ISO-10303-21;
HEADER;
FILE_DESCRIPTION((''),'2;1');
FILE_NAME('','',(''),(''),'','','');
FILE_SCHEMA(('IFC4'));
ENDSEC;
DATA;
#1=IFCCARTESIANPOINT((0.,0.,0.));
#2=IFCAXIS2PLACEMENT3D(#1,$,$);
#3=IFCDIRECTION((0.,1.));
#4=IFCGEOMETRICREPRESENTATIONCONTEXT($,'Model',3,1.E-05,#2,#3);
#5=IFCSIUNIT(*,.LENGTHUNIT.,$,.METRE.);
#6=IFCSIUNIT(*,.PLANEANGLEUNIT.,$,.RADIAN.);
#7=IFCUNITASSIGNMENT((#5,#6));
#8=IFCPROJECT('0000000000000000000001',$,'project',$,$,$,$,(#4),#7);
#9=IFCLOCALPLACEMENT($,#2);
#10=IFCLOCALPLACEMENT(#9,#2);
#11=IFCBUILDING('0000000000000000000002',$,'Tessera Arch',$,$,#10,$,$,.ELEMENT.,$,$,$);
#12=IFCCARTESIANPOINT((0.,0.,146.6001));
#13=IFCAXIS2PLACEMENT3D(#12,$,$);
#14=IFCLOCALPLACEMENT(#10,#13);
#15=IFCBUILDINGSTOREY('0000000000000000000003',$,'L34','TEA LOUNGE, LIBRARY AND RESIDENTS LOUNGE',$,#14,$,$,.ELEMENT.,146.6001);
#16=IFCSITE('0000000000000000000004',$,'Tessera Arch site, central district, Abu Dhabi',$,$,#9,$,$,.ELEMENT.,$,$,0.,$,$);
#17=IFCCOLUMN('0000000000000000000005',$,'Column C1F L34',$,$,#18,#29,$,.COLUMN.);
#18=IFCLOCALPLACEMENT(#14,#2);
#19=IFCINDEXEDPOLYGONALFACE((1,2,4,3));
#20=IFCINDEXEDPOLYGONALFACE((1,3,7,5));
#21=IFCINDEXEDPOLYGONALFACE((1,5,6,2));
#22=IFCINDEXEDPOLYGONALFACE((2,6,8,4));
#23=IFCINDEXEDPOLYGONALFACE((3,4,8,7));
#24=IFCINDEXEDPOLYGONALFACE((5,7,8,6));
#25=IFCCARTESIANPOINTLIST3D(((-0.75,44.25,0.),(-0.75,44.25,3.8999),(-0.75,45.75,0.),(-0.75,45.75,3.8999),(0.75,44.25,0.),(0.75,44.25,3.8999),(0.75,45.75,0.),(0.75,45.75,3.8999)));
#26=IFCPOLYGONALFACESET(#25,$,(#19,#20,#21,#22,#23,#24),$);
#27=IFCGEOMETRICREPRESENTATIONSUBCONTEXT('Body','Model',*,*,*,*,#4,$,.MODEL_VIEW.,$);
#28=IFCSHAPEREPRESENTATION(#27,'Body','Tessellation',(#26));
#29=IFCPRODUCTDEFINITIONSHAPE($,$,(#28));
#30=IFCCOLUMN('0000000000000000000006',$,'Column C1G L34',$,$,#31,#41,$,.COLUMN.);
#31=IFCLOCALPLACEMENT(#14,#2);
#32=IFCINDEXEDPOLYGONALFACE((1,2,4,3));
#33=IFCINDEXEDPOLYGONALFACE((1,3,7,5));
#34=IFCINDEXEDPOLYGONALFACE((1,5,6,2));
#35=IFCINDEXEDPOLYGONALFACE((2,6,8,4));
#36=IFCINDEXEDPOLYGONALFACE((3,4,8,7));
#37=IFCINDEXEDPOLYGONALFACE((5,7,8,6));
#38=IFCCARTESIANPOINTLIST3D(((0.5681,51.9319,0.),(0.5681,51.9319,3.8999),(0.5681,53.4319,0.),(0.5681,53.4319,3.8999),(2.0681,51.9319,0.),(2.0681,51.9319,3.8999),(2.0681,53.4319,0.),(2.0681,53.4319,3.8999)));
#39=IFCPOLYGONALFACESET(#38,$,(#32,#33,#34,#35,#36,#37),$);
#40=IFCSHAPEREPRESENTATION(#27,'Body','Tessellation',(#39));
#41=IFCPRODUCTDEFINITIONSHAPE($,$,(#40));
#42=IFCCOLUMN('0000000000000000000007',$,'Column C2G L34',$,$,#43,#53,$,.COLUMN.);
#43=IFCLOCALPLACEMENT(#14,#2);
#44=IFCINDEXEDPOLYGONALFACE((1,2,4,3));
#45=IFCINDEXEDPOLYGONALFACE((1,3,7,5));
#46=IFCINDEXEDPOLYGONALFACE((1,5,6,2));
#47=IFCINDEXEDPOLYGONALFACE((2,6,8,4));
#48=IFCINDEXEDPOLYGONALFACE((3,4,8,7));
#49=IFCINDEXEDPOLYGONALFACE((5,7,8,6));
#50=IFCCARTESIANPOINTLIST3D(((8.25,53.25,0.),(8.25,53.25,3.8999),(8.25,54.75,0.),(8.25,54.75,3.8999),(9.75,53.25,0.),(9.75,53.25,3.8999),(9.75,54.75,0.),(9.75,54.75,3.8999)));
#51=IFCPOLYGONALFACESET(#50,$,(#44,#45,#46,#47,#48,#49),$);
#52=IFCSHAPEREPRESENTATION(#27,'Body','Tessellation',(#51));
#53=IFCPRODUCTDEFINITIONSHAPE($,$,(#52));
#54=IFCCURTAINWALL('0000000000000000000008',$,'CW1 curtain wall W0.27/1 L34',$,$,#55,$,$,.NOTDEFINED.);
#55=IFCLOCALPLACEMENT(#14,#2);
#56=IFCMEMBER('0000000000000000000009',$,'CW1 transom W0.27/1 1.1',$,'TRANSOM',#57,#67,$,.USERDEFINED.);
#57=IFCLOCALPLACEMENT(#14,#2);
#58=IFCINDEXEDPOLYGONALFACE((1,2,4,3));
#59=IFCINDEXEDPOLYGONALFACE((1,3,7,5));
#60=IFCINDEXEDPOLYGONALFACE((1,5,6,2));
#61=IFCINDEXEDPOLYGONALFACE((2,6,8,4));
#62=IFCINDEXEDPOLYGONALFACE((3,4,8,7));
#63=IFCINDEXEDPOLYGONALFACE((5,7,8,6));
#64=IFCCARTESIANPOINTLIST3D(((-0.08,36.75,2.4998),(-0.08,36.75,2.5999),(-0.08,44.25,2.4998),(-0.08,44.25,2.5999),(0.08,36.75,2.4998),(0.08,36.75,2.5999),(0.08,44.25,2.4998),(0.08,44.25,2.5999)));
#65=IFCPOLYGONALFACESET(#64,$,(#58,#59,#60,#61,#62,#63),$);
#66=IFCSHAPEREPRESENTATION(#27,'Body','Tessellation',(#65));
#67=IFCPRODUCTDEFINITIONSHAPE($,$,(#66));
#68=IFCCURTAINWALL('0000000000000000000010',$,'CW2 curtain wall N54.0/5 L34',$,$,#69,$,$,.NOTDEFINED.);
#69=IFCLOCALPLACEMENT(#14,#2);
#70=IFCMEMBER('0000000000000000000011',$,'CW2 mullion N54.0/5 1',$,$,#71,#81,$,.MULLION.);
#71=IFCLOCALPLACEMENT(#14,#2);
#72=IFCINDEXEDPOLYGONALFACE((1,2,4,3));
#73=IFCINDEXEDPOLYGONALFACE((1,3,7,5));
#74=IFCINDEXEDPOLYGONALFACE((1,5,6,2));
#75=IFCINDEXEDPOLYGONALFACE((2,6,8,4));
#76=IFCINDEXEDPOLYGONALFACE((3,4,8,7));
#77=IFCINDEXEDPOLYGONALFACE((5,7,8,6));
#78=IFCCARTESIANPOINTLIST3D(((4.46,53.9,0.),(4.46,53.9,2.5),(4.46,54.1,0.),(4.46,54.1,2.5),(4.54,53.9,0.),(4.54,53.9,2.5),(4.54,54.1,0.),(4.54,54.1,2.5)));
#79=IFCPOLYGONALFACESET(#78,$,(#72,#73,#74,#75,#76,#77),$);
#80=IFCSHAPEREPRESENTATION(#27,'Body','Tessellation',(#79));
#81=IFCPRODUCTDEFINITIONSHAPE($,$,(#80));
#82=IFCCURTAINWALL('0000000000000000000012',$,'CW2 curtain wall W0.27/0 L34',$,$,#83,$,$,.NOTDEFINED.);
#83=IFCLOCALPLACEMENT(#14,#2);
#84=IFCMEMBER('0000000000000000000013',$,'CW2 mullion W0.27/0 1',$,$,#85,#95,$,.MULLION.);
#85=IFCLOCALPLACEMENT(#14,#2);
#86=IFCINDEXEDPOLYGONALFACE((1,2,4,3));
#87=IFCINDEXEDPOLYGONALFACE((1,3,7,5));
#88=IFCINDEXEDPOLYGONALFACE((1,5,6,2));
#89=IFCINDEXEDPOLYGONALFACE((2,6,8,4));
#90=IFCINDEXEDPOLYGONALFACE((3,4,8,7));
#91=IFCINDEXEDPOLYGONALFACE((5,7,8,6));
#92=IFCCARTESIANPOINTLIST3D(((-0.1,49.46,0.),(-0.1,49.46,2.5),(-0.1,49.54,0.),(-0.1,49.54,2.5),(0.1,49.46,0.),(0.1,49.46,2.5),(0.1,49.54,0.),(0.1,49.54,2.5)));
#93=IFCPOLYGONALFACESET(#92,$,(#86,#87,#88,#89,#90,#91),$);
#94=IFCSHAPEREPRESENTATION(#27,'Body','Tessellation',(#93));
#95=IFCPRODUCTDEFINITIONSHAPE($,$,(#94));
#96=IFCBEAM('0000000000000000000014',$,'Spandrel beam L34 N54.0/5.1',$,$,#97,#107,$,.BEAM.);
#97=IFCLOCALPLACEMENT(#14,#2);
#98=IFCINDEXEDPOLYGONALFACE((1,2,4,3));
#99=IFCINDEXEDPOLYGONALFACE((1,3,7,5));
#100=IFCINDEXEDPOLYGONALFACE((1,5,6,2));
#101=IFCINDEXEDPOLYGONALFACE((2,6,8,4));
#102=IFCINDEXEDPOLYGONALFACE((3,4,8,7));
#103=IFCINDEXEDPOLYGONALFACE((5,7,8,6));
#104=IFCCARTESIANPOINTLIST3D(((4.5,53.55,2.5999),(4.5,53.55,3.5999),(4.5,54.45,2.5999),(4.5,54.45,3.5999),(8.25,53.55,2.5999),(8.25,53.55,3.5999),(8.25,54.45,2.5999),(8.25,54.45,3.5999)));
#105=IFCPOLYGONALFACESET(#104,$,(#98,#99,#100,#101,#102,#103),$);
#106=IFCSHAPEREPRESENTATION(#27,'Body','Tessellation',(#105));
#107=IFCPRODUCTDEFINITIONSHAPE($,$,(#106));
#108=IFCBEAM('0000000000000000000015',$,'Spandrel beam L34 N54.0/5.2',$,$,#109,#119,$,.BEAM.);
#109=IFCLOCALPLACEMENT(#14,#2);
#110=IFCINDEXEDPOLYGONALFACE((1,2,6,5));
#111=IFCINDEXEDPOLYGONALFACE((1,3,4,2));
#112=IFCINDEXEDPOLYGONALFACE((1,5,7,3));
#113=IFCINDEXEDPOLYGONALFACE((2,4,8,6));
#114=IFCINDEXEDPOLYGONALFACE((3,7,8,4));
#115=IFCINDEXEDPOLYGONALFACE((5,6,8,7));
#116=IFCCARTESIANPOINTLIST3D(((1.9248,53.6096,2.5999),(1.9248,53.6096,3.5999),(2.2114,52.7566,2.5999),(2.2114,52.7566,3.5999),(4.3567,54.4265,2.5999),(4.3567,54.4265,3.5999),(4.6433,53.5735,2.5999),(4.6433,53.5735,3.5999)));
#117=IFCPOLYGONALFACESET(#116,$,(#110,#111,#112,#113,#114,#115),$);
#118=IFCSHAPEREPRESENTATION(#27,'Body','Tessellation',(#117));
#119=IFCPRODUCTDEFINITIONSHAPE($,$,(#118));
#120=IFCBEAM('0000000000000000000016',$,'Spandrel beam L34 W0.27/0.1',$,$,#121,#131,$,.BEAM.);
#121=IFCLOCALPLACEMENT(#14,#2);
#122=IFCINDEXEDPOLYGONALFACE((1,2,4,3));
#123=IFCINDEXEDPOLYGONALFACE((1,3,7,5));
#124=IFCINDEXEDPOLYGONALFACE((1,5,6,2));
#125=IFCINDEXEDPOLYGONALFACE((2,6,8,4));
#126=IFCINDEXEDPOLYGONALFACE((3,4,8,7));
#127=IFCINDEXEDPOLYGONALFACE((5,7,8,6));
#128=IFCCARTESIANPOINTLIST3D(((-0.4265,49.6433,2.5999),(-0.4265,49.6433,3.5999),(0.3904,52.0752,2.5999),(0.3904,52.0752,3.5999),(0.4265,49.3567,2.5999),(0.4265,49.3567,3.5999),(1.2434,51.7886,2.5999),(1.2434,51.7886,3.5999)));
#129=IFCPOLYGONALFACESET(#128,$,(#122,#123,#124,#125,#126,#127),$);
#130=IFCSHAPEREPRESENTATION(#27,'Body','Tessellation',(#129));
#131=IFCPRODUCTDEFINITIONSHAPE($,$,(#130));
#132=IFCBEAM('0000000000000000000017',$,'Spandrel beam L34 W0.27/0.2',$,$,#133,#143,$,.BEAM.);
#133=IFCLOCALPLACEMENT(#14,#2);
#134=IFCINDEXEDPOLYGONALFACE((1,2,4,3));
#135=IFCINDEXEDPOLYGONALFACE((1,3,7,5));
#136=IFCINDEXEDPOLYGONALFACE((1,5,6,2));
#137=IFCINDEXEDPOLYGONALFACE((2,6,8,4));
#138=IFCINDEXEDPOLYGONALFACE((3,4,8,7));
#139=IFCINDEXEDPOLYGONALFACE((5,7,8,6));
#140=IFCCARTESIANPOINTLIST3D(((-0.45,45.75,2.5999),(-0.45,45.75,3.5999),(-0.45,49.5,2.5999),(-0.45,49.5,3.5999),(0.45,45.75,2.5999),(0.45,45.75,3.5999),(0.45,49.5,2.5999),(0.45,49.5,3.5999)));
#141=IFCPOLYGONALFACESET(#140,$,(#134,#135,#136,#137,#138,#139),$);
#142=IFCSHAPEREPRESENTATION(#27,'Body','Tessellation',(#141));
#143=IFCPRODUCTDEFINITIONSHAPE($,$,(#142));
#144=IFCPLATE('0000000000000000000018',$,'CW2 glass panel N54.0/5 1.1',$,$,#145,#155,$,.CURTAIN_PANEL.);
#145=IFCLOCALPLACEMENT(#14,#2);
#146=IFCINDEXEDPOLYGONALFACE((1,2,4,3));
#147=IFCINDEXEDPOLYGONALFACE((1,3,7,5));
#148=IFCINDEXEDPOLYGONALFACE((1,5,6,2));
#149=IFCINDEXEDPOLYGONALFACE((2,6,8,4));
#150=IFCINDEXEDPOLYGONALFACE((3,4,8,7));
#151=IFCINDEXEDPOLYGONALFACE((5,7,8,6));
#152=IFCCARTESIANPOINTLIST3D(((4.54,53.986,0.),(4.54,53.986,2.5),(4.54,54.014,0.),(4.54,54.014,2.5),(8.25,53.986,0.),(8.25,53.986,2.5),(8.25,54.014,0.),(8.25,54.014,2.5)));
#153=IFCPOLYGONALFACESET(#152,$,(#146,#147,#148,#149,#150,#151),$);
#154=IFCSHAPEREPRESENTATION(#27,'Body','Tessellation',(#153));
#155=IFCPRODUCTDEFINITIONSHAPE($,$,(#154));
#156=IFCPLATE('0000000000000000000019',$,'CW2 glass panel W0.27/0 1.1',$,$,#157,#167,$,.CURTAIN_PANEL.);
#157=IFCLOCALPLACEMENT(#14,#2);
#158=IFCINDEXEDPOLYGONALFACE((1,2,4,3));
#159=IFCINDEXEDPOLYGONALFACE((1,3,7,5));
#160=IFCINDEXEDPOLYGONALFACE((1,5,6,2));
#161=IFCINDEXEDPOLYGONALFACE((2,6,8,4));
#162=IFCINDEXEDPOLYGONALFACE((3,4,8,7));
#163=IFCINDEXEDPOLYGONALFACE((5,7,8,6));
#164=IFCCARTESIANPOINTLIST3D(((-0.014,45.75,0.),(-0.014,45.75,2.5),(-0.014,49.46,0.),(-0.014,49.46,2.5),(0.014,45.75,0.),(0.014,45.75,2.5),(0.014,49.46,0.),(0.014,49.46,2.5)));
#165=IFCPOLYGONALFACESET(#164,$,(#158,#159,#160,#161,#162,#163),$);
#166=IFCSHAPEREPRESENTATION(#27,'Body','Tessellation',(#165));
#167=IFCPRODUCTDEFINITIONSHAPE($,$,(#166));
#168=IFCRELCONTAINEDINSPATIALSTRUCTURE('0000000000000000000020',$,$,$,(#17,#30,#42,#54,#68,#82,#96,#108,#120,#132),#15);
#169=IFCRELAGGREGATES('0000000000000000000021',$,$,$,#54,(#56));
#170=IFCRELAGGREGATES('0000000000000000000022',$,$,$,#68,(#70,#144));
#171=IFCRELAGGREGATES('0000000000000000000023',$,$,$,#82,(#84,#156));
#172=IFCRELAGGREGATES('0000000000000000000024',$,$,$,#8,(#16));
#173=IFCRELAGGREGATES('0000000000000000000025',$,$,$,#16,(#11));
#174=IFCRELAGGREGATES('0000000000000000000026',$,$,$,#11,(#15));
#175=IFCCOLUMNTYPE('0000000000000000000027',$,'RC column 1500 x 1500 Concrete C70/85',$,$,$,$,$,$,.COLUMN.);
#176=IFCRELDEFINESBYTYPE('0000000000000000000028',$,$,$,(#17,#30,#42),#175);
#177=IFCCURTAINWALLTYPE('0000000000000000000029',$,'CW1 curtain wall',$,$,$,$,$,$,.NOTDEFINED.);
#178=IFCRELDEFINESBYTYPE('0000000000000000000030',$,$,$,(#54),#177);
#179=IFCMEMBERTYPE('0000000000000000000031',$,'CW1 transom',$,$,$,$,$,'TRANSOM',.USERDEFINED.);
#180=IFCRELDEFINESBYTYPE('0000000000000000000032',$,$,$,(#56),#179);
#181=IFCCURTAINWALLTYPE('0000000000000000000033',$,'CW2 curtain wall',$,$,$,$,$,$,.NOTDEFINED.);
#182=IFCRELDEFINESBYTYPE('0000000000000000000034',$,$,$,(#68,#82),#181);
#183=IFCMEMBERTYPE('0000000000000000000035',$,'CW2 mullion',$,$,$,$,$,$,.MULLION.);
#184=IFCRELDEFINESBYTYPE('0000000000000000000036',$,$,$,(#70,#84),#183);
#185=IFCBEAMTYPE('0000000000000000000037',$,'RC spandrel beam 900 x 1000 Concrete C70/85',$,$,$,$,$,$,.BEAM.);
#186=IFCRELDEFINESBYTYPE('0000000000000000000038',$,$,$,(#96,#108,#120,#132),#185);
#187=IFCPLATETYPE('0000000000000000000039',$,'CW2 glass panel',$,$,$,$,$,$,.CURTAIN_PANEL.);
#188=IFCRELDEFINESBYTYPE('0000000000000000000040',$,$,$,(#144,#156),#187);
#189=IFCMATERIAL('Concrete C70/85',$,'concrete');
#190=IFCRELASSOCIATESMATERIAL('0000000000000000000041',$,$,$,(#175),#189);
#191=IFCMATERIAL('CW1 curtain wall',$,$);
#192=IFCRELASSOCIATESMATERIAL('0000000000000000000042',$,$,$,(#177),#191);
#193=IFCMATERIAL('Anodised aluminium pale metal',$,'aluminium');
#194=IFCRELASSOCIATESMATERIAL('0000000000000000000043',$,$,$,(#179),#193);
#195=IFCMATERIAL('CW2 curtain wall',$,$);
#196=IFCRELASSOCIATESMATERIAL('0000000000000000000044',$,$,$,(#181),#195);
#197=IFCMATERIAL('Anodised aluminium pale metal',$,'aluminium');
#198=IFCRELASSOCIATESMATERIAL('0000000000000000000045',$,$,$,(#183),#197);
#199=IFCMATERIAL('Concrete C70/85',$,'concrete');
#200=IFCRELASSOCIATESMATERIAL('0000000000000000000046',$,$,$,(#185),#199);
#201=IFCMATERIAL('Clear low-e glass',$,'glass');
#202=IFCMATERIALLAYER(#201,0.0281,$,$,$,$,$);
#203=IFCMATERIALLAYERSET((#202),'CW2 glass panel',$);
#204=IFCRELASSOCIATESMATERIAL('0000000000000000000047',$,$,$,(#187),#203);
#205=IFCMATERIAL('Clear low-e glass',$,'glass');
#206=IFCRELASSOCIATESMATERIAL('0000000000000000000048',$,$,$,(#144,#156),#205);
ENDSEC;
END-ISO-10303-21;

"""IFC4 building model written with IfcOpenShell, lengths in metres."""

from ifc_helpers import new_model, si_unit, direction, frame, origin, origin_2d, place, context, subcontext, project, spatial, rectangle, extrude, material, layer, layer_set, material_profile, profile_set, type_object, element, aggregate, save


model = new_model("IFC4")

# Units and contexts
model_context = context("Model", 3, precision=1e-05, world=origin(), true_north=direction((0.0, 1.0)))
body_context = subcontext(model_context, "Body", "Model", "MODEL_VIEW")
ifc_project = project(units=[si_unit("LENGTHUNIT", "METRE"), si_unit("PLANEANGLEUNIT", "RADIAN")], contexts=[model_context])

# Site, building, storey
site_placement = place(None, origin())
site = spatial("IfcSite", under=ifc_project, at=site_placement, Name="Tessera Arch site, central district, Abu Dhabi", CompositionType="ELEMENT", RefElevation=0.0)
building_placement = place(site_placement, origin())
building = spatial("IfcBuilding", under=site, at=building_placement, Name="Tessera Arch", CompositionType="ELEMENT")
storey_placement = place(building_placement, frame((0.0, 0.0, 146.6001)))
storey = spatial("IfcBuildingStorey", under=building, at=storey_placement, Name="L34", Description="TEA LOUNGE, LIBRARY AND RESIDENTS LOUNGE", CompositionType="ELEMENT", Elevation=146.6001)

# Columns
ifc_material_1 = material(Name="Concrete C70/85", Category="concrete")
ifc_material_profile_1 = material_profile(ifc_material_1, rectangle(XDim=1.5, YDim=1.5, at=origin_2d()), Name="RC column 1500 x 1500 Concrete C70/85")
ifc_profile_set_1 = profile_set([ifc_material_profile_1], Name="Concrete C70/85")
column_type = type_object("IfcColumnType", Name="RC column 1500 x 1500 Concrete C70/85", PredefinedType="COLUMN", material=ifc_profile_set_1)
for number, where, z_axis, x_axis, name in (
    (1, (0.0, 45.0, 0.0), (0.0, 0.0, 1.0), (1.0, 0.0, 0.0), "Column C1F L34"),
    (2, (1.3181, 52.6819, 0.0), (0.0, 0.0, 1.0), (1.0, 0.0, 0.0), "Column C1G L34"),
    (3, (9.0, 54.0, 0.0), (0.0, 0.0, 1.0), (1.0, 0.0, 0.0), "Column C2G L34"),
):
    element("IfcColumn", number, at=place(storey_placement, frame(where, z_axis=z_axis, x_axis=x_axis)), inside=storey, type_object=column_type, Name=name, PredefinedType="COLUMN", context=body_context, shape_type="SweptSolid", body=[
        extrude(rectangle(XDim=1.5, YDim=1.5, at=origin_2d()), origin(), (0.0, 0.0, 1.0), 3.8999),
    ])

# Curtain walls, members
ifc_material_2 = material(Name="CW1 curtain wall")
curtain_wall_type_1 = type_object("IfcCurtainWallType", Name="CW1 curtain wall", PredefinedType="NOTDEFINED", material=ifc_material_2)
curtain_wall_1_placement = place(storey_placement, origin())
curtain_wall_1 = element("IfcCurtainWall", 4, at=curtain_wall_1_placement, inside=storey, type_object=curtain_wall_type_1, Name="CW1 curtain wall W0.27/1 L34", PredefinedType="NOTDEFINED")
ifc_material_3 = material(Name="Anodised aluminium pale metal", Category="aluminium")
ifc_material_profile_2 = material_profile(ifc_material_3, rectangle(XDim=0.1599, YDim=0.1001, at=origin_2d()), Name="AL 160x100")
ifc_profile_set_2 = profile_set([ifc_material_profile_2], Name="Anodised aluminium pale metal")
member_type_1 = type_object("IfcMemberType", Name="CW1 transom", ElementType="TRANSOM", PredefinedType="USERDEFINED", material=ifc_profile_set_2)
member_1_placement = place(storey_placement, frame((0.0, 44.25, 2.5498), z_axis=(0.0, -1.0, 0.0), x_axis=(1.0, 0.0, 0.0)))
member_1 = element("IfcMember", 5, at=member_1_placement, type_object=member_type_1, Name="CW1 transom W0.27/1 1.1", ObjectType="TRANSOM", PredefinedType="USERDEFINED", context=body_context, shape_type="SweptSolid", body=[
    extrude(rectangle(XDim=0.1599, YDim=0.1001, at=origin_2d()), origin(), (0.0, 0.0, 1.0), 7.5),
])
aggregate(curtain_wall_1, [member_1])
ifc_material_4 = material(Name="CW2 curtain wall")
curtain_wall_type_2 = type_object("IfcCurtainWallType", Name="CW2 curtain wall", PredefinedType="NOTDEFINED", material=ifc_material_4)
curtain_wall_2_placement = place(storey_placement, origin())
curtain_wall_2 = element("IfcCurtainWall", 6, at=curtain_wall_2_placement, inside=storey, type_object=curtain_wall_type_2, Name="CW2 curtain wall N54.0/5 L34", PredefinedType="NOTDEFINED")
ifc_material_5 = material(Name="Anodised aluminium pale metal", Category="aluminium")
ifc_material_profile_3 = material_profile(ifc_material_5, rectangle(XDim=0.2, YDim=0.0801, at=origin_2d()), Name="AL 80x200")
ifc_profile_set_3 = profile_set([ifc_material_profile_3], Name="Anodised aluminium pale metal")
member_type_2 = type_object("IfcMemberType", Name="CW2 mullion", PredefinedType="MULLION", material=ifc_profile_set_3)
member_2_placement = place(storey_placement, frame((4.5, 54.0, 0.0), z_axis=(0.0, 0.0, 1.0), x_axis=(0.0, -1.0, 0.0)))
member_2 = element("IfcMember", 7, at=member_2_placement, type_object=member_type_2, Name="CW2 mullion N54.0/5 1", PredefinedType="MULLION", context=body_context, shape_type="SweptSolid", body=[
    extrude(rectangle(XDim=0.2, YDim=0.0801, at=origin_2d()), origin(), (0.0, 0.0, 1.0), 2.5),
])
curtain_wall_3_placement = place(storey_placement, origin())
curtain_wall_3 = element("IfcCurtainWall", 8, at=curtain_wall_3_placement, inside=storey, type_object=curtain_wall_type_2, Name="CW2 curtain wall W0.27/0 L34", PredefinedType="NOTDEFINED")
member_3_placement = place(storey_placement, frame((0.0, 49.5, 0.0), z_axis=(0.0, 0.0, 1.0), x_axis=(1.0, 0.0, 0.0)))
member_3 = element("IfcMember", 9, at=member_3_placement, type_object=member_type_2, Name="CW2 mullion W0.27/0 1", PredefinedType="MULLION", context=body_context, shape_type="SweptSolid", body=[
    extrude(rectangle(XDim=0.2, YDim=0.0801, at=origin_2d()), origin(), (0.0, 0.0, 1.0), 2.5),
])

# Beams
ifc_material_6 = material(Name="Concrete C70/85", Category="concrete")
ifc_material_profile_4 = material_profile(ifc_material_6, rectangle(XDim=0.8999, YDim=1.0, at=origin_2d()), Name="RC spandrel beam 900 x 1000 Concrete C70/85")
ifc_profile_set_4 = profile_set([ifc_material_profile_4], Name="Concrete C70/85")
beam_type = type_object("IfcBeamType", Name="RC spandrel beam 900 x 1000 Concrete C70/85", PredefinedType="BEAM", material=ifc_profile_set_4)
beam_1_placement = place(storey_placement, frame((8.25, 54.0, 3.0999), z_axis=(-1.0, 0.0, 0.0), x_axis=(0.0, -1.0, 0.0)))
element("IfcBeam", 10, at=beam_1_placement, inside=storey, type_object=beam_type, Name="Spandrel beam L34 N54.0/5.1", PredefinedType="BEAM", context=body_context, shape_type="SweptSolid", body=[
    extrude(rectangle(XDim=0.8999, YDim=1.0, at=origin_2d()), origin(), (0.0, 0.0, 1.0), 3.75),
])
for number, where, z_axis, x_axis, name in (
    (11, (4.5, 54.0, 3.0999), (-0.947948, -0.318425, 0.0), (0.318425, -0.947948, 0.0), "Spandrel beam L34 N54.0/5.2"),
    (12, (0.8169, 51.9319, 3.0999), (-0.318425, -0.947948, 0.0), (0.947948, -0.318425, 0.0), "Spandrel beam L34 W0.27/0.1"),
):
    element("IfcBeam", number, at=place(storey_placement, frame(where, z_axis=z_axis, x_axis=x_axis)), inside=storey, type_object=beam_type, Name=name, PredefinedType="BEAM", context=body_context, shape_type="SweptSolid", body=[
        extrude(rectangle(XDim=0.8999, YDim=1.0, at=origin_2d()), origin(), (0.0, 0.0, 1.0), 2.5654),
    ])
beam_2_placement = place(storey_placement, frame((0.0, 49.5, 3.0999), z_axis=(0.0, -1.0, 0.0), x_axis=(1.0, 0.0, 0.0)))
element("IfcBeam", 13, at=beam_2_placement, inside=storey, type_object=beam_type, Name="Spandrel beam L34 W0.27/0.2", PredefinedType="BEAM", context=body_context, shape_type="SweptSolid", body=[
    extrude(rectangle(XDim=0.8999, YDim=1.0, at=origin_2d()), origin(), (0.0, 0.0, 1.0), 3.75),
])

# Plates
ifc_material_7 = material(Name="Clear low-e glass", Category="glass")
ifc_material_8 = material(Name="Clear low-e glass", Category="glass")
ifc_layer_1 = layer(ifc_material_8, 0.0281)
ifc_layer_set_1 = layer_set([ifc_layer_1], Name="CW2 glass panel")
plate_type = type_object("IfcPlateType", Name="CW2 glass panel", PredefinedType="CURTAIN_PANEL", material=ifc_layer_set_1)
plate_1_placement = place(storey_placement, frame((6.395, 54.0, 0.0), z_axis=(0.0, 0.0, 1.0), x_axis=(-1.0, 0.0, 0.0)))
plate_1 = element("IfcPlate", 14, at=plate_1_placement, type_object=plate_type, material=ifc_material_7, Name="CW2 glass panel N54.0/5 1.1", PredefinedType="CURTAIN_PANEL", context=body_context, shape_type="SweptSolid", body=[
    extrude(rectangle(XDim=3.71, YDim=0.0281, at=origin_2d()), origin(), (0.0, 0.0, 1.0), 2.5),
])
aggregate(curtain_wall_2, [member_2, plate_1])
plate_2_placement = place(storey_placement, frame((0.0, 47.605, 0.0), z_axis=(0.0, 0.0, 1.0), x_axis=(0.0, -1.0, 0.0)))
plate_2 = element("IfcPlate", 15, at=plate_2_placement, type_object=plate_type, material=ifc_material_7, Name="CW2 glass panel W0.27/0 1.1", PredefinedType="CURTAIN_PANEL", context=body_context, shape_type="SweptSolid", body=[
    extrude(rectangle(XDim=3.71, YDim=0.0281, at=origin_2d()), origin(), (0.0, 0.0, 1.0), 2.5),
])
aggregate(curtain_wall_3, [member_3, plate_2])

save(model, "model.ifc")
